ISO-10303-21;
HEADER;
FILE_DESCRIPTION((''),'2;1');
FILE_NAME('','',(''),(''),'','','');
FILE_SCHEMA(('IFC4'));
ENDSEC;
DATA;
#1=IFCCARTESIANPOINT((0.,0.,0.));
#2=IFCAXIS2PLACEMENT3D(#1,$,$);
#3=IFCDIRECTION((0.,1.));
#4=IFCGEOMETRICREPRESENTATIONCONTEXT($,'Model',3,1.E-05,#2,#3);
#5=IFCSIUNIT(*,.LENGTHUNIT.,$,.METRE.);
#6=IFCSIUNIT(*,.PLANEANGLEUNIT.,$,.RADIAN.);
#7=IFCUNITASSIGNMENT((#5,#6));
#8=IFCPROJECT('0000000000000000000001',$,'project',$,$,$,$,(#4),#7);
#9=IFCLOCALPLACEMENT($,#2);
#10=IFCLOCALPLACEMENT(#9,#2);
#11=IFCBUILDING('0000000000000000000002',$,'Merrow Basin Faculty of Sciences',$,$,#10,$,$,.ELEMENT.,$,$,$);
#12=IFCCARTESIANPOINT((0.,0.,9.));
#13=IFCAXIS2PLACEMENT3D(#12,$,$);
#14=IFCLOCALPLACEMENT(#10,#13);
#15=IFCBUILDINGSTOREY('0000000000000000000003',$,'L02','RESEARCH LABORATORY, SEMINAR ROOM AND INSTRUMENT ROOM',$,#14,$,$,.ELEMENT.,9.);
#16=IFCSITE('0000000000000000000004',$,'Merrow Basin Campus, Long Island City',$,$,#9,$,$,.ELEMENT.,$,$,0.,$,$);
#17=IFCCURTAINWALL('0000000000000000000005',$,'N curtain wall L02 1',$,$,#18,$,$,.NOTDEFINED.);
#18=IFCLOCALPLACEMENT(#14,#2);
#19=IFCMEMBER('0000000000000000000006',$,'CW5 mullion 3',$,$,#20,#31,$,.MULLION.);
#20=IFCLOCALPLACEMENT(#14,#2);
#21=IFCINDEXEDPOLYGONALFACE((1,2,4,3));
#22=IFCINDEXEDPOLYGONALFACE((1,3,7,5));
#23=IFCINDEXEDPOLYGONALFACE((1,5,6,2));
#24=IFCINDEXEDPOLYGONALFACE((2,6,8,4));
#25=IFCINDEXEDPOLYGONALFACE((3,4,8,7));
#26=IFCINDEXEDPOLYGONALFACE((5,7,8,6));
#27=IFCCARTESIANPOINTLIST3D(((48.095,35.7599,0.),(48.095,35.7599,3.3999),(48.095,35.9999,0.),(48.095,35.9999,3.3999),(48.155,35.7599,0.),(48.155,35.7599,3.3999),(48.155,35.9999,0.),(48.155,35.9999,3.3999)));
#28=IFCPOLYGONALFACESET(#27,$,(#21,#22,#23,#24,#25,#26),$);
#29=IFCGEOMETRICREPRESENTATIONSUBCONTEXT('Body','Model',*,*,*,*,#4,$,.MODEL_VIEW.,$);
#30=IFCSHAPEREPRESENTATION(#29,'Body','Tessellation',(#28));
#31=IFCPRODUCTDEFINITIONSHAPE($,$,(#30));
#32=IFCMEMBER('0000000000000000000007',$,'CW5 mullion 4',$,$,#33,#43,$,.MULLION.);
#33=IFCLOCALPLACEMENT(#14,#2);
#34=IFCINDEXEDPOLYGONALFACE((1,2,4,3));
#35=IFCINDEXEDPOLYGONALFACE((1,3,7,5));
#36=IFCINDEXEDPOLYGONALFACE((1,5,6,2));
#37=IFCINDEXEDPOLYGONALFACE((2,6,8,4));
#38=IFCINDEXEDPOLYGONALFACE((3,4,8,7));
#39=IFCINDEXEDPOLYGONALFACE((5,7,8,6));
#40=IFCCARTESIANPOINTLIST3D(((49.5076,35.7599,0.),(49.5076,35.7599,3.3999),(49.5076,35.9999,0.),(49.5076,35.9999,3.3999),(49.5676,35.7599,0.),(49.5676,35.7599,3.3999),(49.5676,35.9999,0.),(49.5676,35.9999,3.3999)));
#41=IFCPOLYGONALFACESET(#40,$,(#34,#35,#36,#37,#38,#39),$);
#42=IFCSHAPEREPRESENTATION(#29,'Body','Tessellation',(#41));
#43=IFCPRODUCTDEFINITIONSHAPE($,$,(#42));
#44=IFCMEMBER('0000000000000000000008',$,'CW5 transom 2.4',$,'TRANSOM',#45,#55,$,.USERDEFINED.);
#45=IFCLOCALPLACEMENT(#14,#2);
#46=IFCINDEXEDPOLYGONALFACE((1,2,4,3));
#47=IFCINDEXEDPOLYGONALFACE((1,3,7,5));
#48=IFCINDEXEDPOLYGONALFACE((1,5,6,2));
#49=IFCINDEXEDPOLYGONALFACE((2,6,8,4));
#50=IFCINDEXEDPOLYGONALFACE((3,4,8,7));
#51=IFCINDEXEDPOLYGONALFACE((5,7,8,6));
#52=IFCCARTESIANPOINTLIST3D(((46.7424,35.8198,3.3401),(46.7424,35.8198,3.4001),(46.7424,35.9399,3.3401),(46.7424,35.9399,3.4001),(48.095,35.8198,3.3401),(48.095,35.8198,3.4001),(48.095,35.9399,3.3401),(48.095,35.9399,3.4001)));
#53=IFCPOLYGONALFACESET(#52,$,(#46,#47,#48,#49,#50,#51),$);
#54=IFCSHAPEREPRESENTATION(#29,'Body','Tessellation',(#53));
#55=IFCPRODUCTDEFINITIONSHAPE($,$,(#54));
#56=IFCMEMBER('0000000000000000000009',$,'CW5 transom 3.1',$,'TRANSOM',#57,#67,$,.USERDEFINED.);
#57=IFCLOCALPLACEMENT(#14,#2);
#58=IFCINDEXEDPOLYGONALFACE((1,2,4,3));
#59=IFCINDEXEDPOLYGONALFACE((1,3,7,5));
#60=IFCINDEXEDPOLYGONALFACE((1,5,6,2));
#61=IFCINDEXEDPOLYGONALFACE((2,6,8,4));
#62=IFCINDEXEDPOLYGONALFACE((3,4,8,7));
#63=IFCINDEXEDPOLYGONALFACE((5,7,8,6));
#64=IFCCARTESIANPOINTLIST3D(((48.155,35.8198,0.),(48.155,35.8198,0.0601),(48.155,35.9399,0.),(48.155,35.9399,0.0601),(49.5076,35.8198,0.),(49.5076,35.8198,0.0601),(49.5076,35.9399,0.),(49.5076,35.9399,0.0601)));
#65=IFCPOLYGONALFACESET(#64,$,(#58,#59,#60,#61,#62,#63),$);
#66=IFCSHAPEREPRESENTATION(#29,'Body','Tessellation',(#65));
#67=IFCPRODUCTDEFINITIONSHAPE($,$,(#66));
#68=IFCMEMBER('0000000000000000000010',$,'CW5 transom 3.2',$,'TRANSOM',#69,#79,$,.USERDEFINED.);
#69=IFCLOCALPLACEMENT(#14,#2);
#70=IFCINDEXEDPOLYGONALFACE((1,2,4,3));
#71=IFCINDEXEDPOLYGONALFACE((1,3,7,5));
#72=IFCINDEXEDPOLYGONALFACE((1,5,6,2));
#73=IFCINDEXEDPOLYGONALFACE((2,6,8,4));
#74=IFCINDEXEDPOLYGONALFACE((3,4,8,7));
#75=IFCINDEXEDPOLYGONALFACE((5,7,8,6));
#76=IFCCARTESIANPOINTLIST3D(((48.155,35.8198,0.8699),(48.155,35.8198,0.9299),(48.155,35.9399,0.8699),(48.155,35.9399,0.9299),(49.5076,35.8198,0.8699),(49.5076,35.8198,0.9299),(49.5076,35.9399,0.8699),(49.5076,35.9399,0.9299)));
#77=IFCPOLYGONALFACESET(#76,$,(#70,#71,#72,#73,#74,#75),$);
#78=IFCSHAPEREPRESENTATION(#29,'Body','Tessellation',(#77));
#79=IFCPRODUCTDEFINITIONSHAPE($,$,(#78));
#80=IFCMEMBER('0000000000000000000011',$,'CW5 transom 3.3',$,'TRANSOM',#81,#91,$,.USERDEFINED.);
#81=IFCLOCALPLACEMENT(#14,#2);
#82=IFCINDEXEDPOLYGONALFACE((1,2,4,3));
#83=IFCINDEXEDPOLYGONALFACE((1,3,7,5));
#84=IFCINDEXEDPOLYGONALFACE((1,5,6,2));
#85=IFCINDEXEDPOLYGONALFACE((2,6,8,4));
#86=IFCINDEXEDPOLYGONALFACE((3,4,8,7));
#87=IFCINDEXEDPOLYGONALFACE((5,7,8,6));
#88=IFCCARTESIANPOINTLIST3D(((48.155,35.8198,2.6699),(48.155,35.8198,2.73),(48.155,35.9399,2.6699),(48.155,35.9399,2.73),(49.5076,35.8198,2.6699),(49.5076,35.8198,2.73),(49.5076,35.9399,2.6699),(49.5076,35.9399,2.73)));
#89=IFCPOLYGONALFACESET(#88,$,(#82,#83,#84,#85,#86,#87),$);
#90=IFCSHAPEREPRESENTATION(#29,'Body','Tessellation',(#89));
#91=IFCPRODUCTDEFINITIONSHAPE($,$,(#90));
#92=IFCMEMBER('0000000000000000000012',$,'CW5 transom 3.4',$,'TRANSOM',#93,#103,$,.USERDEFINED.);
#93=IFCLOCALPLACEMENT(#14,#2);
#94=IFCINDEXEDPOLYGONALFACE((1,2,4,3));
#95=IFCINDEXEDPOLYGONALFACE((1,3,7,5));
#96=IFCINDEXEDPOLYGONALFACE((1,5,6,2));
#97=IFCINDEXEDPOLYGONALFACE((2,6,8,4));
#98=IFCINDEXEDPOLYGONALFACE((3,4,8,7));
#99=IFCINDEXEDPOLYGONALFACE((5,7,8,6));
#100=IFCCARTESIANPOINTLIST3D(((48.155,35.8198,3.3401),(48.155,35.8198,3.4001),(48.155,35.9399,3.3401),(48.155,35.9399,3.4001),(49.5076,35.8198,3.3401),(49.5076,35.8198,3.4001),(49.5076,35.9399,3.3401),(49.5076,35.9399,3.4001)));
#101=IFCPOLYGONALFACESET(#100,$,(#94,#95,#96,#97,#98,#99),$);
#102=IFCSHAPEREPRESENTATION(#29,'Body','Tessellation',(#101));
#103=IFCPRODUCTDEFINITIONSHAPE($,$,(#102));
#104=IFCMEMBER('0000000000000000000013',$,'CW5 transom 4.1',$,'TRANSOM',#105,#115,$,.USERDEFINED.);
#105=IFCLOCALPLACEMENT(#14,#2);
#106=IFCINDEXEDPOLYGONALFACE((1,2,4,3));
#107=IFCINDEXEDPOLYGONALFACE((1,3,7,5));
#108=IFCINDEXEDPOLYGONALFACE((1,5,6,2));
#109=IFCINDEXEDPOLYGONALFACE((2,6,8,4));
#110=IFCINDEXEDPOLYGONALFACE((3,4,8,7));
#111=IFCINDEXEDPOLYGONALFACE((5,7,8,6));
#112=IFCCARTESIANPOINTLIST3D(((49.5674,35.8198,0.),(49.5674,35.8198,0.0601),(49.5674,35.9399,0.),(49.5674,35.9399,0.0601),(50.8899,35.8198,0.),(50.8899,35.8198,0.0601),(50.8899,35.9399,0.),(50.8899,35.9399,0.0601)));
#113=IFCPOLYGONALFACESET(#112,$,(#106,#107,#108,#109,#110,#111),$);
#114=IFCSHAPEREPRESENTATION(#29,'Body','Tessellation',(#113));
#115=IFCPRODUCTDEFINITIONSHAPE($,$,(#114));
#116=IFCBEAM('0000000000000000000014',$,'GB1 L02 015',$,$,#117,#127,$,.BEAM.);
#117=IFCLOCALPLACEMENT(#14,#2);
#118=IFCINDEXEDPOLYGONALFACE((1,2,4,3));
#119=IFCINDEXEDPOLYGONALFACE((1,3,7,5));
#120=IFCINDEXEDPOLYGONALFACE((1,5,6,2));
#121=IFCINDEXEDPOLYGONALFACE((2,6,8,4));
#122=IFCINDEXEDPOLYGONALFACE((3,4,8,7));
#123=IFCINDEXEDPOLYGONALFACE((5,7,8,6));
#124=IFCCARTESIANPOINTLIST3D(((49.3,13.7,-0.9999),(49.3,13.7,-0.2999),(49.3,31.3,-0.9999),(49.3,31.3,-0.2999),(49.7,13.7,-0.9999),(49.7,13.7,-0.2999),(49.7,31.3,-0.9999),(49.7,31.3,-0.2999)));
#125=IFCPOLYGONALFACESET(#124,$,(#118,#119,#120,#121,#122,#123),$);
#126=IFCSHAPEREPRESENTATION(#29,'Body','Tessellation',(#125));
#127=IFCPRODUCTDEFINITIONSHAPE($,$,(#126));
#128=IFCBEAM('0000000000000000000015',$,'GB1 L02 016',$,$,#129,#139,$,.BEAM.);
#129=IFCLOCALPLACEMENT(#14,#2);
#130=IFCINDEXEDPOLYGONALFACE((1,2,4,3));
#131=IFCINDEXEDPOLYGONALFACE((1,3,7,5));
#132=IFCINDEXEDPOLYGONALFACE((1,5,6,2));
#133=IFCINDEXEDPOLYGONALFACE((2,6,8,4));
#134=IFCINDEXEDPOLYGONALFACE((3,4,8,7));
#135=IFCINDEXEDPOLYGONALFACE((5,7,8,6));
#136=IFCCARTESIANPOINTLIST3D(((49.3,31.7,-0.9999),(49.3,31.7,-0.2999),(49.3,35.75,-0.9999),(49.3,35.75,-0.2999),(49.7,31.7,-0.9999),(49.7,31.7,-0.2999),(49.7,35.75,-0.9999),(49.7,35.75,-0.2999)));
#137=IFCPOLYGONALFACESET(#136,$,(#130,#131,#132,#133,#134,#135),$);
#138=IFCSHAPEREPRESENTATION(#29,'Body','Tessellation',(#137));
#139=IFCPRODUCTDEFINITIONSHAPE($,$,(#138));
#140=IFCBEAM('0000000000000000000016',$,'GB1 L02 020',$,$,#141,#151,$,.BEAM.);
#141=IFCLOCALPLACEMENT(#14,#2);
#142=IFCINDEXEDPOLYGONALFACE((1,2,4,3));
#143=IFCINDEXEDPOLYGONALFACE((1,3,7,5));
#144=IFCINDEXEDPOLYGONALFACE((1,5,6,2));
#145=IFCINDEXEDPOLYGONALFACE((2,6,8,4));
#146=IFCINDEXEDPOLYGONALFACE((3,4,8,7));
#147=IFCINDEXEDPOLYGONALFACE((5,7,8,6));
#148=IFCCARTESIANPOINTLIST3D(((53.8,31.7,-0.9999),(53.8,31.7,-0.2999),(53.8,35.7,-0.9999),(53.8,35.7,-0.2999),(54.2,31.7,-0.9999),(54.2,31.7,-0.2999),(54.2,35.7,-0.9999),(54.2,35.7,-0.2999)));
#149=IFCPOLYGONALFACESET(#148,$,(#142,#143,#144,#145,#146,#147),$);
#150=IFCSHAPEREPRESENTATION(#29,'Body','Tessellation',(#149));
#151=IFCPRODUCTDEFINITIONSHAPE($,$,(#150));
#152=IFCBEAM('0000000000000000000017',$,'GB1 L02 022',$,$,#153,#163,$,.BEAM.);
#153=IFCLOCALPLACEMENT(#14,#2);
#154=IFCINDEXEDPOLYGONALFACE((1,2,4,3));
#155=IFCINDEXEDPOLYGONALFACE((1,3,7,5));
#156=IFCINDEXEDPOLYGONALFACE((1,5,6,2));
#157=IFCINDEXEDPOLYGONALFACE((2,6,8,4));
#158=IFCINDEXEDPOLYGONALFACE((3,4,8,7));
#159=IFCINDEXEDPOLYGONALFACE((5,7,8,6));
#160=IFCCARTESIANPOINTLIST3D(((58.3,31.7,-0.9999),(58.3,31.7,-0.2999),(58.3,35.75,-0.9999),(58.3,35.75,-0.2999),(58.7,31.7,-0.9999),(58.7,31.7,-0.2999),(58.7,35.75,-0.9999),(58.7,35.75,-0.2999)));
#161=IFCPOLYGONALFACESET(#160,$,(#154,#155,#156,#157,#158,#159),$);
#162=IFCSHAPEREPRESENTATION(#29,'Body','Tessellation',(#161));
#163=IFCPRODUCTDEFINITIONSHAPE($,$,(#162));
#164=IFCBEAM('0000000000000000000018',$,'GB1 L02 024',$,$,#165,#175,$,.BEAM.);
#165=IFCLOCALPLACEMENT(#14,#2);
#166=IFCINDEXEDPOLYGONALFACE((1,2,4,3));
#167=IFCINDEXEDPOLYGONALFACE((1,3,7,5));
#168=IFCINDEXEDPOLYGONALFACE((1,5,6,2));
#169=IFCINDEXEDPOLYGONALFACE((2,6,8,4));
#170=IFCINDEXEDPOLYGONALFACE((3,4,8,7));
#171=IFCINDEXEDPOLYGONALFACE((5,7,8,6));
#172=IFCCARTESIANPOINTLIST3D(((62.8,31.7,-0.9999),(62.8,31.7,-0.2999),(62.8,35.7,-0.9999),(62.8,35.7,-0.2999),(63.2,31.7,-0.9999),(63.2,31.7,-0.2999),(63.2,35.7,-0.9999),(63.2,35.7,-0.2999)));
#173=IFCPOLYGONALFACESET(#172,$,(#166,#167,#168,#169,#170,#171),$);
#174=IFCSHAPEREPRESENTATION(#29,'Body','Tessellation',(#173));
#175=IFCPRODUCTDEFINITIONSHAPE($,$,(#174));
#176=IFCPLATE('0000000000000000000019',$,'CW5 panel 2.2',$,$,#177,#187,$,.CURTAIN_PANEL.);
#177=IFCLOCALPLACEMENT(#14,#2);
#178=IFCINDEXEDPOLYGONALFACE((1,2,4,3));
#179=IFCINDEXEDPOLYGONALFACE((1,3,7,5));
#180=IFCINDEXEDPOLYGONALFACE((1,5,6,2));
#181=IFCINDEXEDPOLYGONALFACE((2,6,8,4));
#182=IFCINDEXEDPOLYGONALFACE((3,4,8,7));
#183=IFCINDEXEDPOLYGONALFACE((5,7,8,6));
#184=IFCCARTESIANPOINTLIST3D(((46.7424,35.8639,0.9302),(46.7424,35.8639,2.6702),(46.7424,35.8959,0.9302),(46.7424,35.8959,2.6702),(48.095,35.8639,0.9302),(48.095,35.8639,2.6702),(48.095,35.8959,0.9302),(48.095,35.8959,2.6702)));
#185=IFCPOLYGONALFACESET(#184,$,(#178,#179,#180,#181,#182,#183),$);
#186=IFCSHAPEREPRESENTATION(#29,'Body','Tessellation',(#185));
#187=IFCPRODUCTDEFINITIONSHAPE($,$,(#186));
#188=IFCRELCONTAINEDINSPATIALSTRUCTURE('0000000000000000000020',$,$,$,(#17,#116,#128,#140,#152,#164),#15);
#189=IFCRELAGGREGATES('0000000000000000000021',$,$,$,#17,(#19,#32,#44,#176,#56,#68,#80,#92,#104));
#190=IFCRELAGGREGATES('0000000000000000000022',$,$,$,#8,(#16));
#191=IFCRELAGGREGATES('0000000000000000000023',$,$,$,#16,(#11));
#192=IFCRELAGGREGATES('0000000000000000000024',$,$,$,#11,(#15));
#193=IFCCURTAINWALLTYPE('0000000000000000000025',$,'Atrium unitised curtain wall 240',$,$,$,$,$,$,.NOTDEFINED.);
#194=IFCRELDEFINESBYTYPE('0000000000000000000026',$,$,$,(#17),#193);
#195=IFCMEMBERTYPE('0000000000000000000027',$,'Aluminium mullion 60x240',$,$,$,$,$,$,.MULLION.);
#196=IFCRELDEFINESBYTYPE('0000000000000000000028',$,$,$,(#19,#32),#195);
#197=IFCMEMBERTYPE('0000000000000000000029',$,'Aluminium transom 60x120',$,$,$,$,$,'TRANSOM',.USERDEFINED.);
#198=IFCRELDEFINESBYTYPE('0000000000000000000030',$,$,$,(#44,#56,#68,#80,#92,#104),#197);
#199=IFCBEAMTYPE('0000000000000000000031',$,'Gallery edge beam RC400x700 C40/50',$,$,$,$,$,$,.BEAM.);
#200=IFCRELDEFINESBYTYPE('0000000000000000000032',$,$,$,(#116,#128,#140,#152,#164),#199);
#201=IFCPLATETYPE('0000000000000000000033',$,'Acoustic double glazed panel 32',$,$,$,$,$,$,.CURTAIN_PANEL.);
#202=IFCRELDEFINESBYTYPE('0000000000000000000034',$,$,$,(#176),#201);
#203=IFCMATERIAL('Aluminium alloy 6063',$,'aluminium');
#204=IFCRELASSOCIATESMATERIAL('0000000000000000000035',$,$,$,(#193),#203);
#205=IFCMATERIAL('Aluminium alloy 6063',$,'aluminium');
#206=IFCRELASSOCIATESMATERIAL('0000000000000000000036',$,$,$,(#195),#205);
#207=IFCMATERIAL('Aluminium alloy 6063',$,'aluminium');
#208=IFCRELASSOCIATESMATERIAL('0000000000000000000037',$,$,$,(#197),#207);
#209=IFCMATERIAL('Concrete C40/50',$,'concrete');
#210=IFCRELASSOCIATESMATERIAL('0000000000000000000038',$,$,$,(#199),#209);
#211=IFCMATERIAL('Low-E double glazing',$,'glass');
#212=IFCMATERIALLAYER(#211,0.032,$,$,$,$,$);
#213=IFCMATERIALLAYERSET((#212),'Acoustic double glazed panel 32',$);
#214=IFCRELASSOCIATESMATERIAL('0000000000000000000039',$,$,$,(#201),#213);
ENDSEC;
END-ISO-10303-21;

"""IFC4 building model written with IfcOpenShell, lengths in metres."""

from ifc_helpers import new_model, si_unit, direction, frame, origin, origin_2d, place, context, subcontext, project, spatial, rectangle, extrude, material, layer, layer_set, material_profile, profile_set, type_object, element, aggregate, save


model = new_model("IFC4")

# Units and contexts
model_context = context("Model", 3, precision=1e-05, world=origin(), true_north=direction((0.0, 1.0)))
body_context = subcontext(model_context, "Body", "Model", "MODEL_VIEW")
ifc_project = project(units=[si_unit("LENGTHUNIT", "METRE"), si_unit("PLANEANGLEUNIT", "RADIAN")], contexts=[model_context])

# Site, building, storey
site_placement = place(None, origin())
site = spatial("IfcSite", under=ifc_project, at=site_placement, Name="Merrow Basin Campus, Long Island City", CompositionType="ELEMENT", RefElevation=0.0)
building_placement = place(site_placement, origin())
building = spatial("IfcBuilding", under=site, at=building_placement, Name="Merrow Basin Faculty of Sciences", CompositionType="ELEMENT")
storey_placement = place(building_placement, frame((0.0, 0.0, 9.0)))
storey = spatial("IfcBuildingStorey", under=building, at=storey_placement, Name="L02", Description="RESEARCH LABORATORY, SEMINAR ROOM AND INSTRUMENT ROOM", CompositionType="ELEMENT", Elevation=9.0)

# Curtain wall, members
ifc_material_1 = material(Name="Aluminium alloy 6063", Category="aluminium")
curtain_wall_type = type_object("IfcCurtainWallType", Name="Atrium unitised curtain wall 240", PredefinedType="NOTDEFINED", material=ifc_material_1)
curtain_wall_placement = place(storey_placement, origin())
curtain_wall = element("IfcCurtainWall", 1, at=curtain_wall_placement, inside=storey, type_object=curtain_wall_type, Name="N curtain wall L02 1", PredefinedType="NOTDEFINED")
ifc_material_2 = material(Name="Aluminium alloy 6063", Category="aluminium")
ifc_material_profile_1 = material_profile(ifc_material_2, rectangle(XDim=0.24, YDim=0.0601, at=origin_2d()))
ifc_profile_set_1 = profile_set([ifc_material_profile_1], Name="Aluminium alloy 6063")
member_type_1 = type_object("IfcMemberType", Name="Aluminium mullion 60x240", PredefinedType="MULLION", material=ifc_profile_set_1)
member_1_placement = place(storey_placement, frame((48.125, 35.8799, 0.0), z_axis=(0.0, 0.0, 1.0), x_axis=(0.0, 1.0, 0.0)))
member_1 = element("IfcMember", 2, at=member_1_placement, type_object=member_type_1, Name="CW5 mullion 3", PredefinedType="MULLION", context=body_context, shape_type="SweptSolid", body=[
    extrude(rectangle(XDim=0.24, YDim=0.0601, at=origin_2d()), origin(), (0.0, 0.0, 1.0), 3.3999),
])
member_2_placement = place(storey_placement, frame((49.5376, 35.8799, 0.0), z_axis=(0.0, 0.0, 1.0), x_axis=(0.0, 1.0, 0.0)))
member_2 = element("IfcMember", 3, at=member_2_placement, type_object=member_type_1, Name="CW5 mullion 4", PredefinedType="MULLION", context=body_context, shape_type="SweptSolid", body=[
    extrude(rectangle(XDim=0.24, YDim=0.0601, at=origin_2d()), origin(), (0.0, 0.0, 1.0), 3.3999),
])
ifc_material_3 = material(Name="Aluminium alloy 6063", Category="aluminium")
ifc_material_profile_2 = material_profile(ifc_material_3, rectangle(XDim=0.1201, YDim=0.0601, at=origin_2d()))
ifc_profile_set_2 = profile_set([ifc_material_profile_2], Name="Aluminium alloy 6063")
member_type_2 = type_object("IfcMemberType", Name="Aluminium transom 60x120", ElementType="TRANSOM", PredefinedType="USERDEFINED", material=ifc_profile_set_2)
member_3_placement = place(storey_placement, frame((46.7424, 35.8799, 3.3701), z_axis=(1.0, 0.0, 0.0), x_axis=(0.0, 1.0, 0.0)))
member_3 = element("IfcMember", 4, at=member_3_placement, type_object=member_type_2, Name="CW5 transom 2.4", ObjectType="TRANSOM", PredefinedType="USERDEFINED", context=body_context, shape_type="SweptSolid", body=[
    extrude(rectangle(XDim=0.1201, YDim=0.0601, at=origin_2d()), origin(), (0.0, 0.0, 1.0), 1.3525),
])
member_4_placement = place(storey_placement, frame((48.155, 35.8799, 0.03), z_axis=(1.0, 0.0, 0.0), x_axis=(0.0, 1.0, 0.0)))
member_4 = element("IfcMember", 5, at=member_4_placement, type_object=member_type_2, Name="CW5 transom 3.1", ObjectType="TRANSOM", PredefinedType="USERDEFINED", context=body_context, shape_type="SweptSolid", body=[
    extrude(rectangle(XDim=0.1201, YDim=0.0601, at=origin_2d()), origin(), (0.0, 0.0, 1.0), 1.3525),
])
member_5_placement = place(storey_placement, frame((48.155, 35.8799, 0.8999), z_axis=(1.0, 0.0, 0.0), x_axis=(0.0, 1.0, 0.0)))
member_5 = element("IfcMember", 6, at=member_5_placement, type_object=member_type_2, Name="CW5 transom 3.2", ObjectType="TRANSOM", PredefinedType="USERDEFINED", context=body_context, shape_type="SweptSolid", body=[
    extrude(rectangle(XDim=0.1201, YDim=0.0601, at=origin_2d()), origin(), (0.0, 0.0, 1.0), 1.3525),
])
member_6_placement = place(storey_placement, frame((48.155, 35.8799, 2.7), z_axis=(1.0, 0.0, 0.0), x_axis=(0.0, 1.0, 0.0)))
member_6 = element("IfcMember", 7, at=member_6_placement, type_object=member_type_2, Name="CW5 transom 3.3", ObjectType="TRANSOM", PredefinedType="USERDEFINED", context=body_context, shape_type="SweptSolid", body=[
    extrude(rectangle(XDim=0.1201, YDim=0.0601, at=origin_2d()), origin(), (0.0, 0.0, 1.0), 1.3525),
])
member_7_placement = place(storey_placement, frame((48.155, 35.8799, 3.3701), z_axis=(1.0, 0.0, 0.0), x_axis=(0.0, 1.0, 0.0)))
member_7 = element("IfcMember", 8, at=member_7_placement, type_object=member_type_2, Name="CW5 transom 3.4", ObjectType="TRANSOM", PredefinedType="USERDEFINED", context=body_context, shape_type="SweptSolid", body=[
    extrude(rectangle(XDim=0.1201, YDim=0.0601, at=origin_2d()), origin(), (0.0, 0.0, 1.0), 1.3525),
])
member_8_placement = place(storey_placement, frame((49.5674, 35.8799, 0.03), z_axis=(1.0, 0.0, 0.0), x_axis=(0.0, 1.0, 0.0)))
member_8 = element("IfcMember", 9, at=member_8_placement, type_object=member_type_2, Name="CW5 transom 4.1", ObjectType="TRANSOM", PredefinedType="USERDEFINED", context=body_context, shape_type="SweptSolid", body=[
    extrude(rectangle(XDim=0.1201, YDim=0.0601, at=origin_2d()), origin(), (0.0, 0.0, 1.0), 1.3225),
])

# Beams
ifc_material_4 = material(Name="Concrete C40/50", Category="concrete")
ifc_material_profile_3 = material_profile(ifc_material_4, rectangle(XDim=0.3999, YDim=0.7, at=origin_2d()))
ifc_profile_set_3 = profile_set([ifc_material_profile_3], Name="Concrete C40/50")
beam_type = type_object("IfcBeamType", Name="Gallery edge beam RC400x700 C40/50", PredefinedType="BEAM", material=ifc_profile_set_3)
beam_1_placement = place(storey_placement, frame((49.5, 13.7, -0.6499), z_axis=(0.0, 1.0, 0.0), x_axis=(-1.0, 0.0, 0.0)))
element("IfcBeam", 10, at=beam_1_placement, inside=storey, type_object=beam_type, Name="GB1 L02 015", PredefinedType="BEAM", context=body_context, shape_type="SweptSolid", body=[
    extrude(rectangle(XDim=0.3999, YDim=0.7, at=origin_2d()), origin(), (0.0, 0.0, 1.0), 17.6001),
])
beam_2_placement = place(storey_placement, frame((49.5, 31.7, -0.6499), z_axis=(0.0, 1.0, 0.0), x_axis=(-1.0, 0.0, 0.0)))
element("IfcBeam", 11, at=beam_2_placement, inside=storey, type_object=beam_type, Name="GB1 L02 016", PredefinedType="BEAM", context=body_context, shape_type="SweptSolid", body=[
    extrude(rectangle(XDim=0.3999, YDim=0.7, at=origin_2d()), origin(), (0.0, 0.0, 1.0), 4.05),
])
beam_3_placement = place(storey_placement, frame((54.0, 31.7, -0.6499), z_axis=(0.0, 1.0, 0.0), x_axis=(-1.0, 0.0, 0.0)))
element("IfcBeam", 12, at=beam_3_placement, inside=storey, type_object=beam_type, Name="GB1 L02 020", PredefinedType="BEAM", context=body_context, shape_type="SweptSolid", body=[
    extrude(rectangle(XDim=0.3999, YDim=0.7, at=origin_2d()), origin(), (0.0, 0.0, 1.0), 4.0),
])
beam_4_placement = place(storey_placement, frame((58.5, 31.7, -0.6499), z_axis=(0.0, 1.0, 0.0), x_axis=(-1.0, 0.0, 0.0)))
element("IfcBeam", 13, at=beam_4_placement, inside=storey, type_object=beam_type, Name="GB1 L02 022", PredefinedType="BEAM", context=body_context, shape_type="SweptSolid", body=[
    extrude(rectangle(XDim=0.3999, YDim=0.7, at=origin_2d()), origin(), (0.0, 0.0, 1.0), 4.05),
])
beam_5_placement = place(storey_placement, frame((63.0, 31.7, -0.6499), z_axis=(0.0, 1.0, 0.0), x_axis=(-1.0, 0.0, 0.0)))
element("IfcBeam", 14, at=beam_5_placement, inside=storey, type_object=beam_type, Name="GB1 L02 024", PredefinedType="BEAM", context=body_context, shape_type="SweptSolid", body=[
    extrude(rectangle(XDim=0.3999, YDim=0.7, at=origin_2d()), origin(), (0.0, 0.0, 1.0), 4.0),
])

# Plate
ifc_material_5 = material(Name="Low-E double glazing", Category="glass")
ifc_layer_1 = layer(ifc_material_5, 0.032)
ifc_layer_set_1 = layer_set([ifc_layer_1], Name="Acoustic double glazed panel 32")
plate_type_1 = type_object("IfcPlateType", Name="Acoustic double glazed panel 32", PredefinedType="CURTAIN_PANEL", material=ifc_layer_set_1)
plate_1_placement = place(storey_placement, frame((47.4187, 35.8799, 0.9302), z_axis=(0.0, 0.0, 1.0), x_axis=(1.0, 0.0, 0.0)))
plate_1 = element("IfcPlate", 15, at=plate_1_placement, type_object=plate_type_1, Name="CW5 panel 2.2", PredefinedType="CURTAIN_PANEL", context=body_context, shape_type="SweptSolid", body=[
    extrude(rectangle(XDim=1.3525, YDim=0.032, at=origin_2d()), origin(), (0.0, 0.0, 1.0), 1.74),
])
aggregate(curtain_wall, [member_1, member_2, member_3, plate_1, member_4, member_5, member_6, member_7, member_8])

save(model, "model.ifc")
